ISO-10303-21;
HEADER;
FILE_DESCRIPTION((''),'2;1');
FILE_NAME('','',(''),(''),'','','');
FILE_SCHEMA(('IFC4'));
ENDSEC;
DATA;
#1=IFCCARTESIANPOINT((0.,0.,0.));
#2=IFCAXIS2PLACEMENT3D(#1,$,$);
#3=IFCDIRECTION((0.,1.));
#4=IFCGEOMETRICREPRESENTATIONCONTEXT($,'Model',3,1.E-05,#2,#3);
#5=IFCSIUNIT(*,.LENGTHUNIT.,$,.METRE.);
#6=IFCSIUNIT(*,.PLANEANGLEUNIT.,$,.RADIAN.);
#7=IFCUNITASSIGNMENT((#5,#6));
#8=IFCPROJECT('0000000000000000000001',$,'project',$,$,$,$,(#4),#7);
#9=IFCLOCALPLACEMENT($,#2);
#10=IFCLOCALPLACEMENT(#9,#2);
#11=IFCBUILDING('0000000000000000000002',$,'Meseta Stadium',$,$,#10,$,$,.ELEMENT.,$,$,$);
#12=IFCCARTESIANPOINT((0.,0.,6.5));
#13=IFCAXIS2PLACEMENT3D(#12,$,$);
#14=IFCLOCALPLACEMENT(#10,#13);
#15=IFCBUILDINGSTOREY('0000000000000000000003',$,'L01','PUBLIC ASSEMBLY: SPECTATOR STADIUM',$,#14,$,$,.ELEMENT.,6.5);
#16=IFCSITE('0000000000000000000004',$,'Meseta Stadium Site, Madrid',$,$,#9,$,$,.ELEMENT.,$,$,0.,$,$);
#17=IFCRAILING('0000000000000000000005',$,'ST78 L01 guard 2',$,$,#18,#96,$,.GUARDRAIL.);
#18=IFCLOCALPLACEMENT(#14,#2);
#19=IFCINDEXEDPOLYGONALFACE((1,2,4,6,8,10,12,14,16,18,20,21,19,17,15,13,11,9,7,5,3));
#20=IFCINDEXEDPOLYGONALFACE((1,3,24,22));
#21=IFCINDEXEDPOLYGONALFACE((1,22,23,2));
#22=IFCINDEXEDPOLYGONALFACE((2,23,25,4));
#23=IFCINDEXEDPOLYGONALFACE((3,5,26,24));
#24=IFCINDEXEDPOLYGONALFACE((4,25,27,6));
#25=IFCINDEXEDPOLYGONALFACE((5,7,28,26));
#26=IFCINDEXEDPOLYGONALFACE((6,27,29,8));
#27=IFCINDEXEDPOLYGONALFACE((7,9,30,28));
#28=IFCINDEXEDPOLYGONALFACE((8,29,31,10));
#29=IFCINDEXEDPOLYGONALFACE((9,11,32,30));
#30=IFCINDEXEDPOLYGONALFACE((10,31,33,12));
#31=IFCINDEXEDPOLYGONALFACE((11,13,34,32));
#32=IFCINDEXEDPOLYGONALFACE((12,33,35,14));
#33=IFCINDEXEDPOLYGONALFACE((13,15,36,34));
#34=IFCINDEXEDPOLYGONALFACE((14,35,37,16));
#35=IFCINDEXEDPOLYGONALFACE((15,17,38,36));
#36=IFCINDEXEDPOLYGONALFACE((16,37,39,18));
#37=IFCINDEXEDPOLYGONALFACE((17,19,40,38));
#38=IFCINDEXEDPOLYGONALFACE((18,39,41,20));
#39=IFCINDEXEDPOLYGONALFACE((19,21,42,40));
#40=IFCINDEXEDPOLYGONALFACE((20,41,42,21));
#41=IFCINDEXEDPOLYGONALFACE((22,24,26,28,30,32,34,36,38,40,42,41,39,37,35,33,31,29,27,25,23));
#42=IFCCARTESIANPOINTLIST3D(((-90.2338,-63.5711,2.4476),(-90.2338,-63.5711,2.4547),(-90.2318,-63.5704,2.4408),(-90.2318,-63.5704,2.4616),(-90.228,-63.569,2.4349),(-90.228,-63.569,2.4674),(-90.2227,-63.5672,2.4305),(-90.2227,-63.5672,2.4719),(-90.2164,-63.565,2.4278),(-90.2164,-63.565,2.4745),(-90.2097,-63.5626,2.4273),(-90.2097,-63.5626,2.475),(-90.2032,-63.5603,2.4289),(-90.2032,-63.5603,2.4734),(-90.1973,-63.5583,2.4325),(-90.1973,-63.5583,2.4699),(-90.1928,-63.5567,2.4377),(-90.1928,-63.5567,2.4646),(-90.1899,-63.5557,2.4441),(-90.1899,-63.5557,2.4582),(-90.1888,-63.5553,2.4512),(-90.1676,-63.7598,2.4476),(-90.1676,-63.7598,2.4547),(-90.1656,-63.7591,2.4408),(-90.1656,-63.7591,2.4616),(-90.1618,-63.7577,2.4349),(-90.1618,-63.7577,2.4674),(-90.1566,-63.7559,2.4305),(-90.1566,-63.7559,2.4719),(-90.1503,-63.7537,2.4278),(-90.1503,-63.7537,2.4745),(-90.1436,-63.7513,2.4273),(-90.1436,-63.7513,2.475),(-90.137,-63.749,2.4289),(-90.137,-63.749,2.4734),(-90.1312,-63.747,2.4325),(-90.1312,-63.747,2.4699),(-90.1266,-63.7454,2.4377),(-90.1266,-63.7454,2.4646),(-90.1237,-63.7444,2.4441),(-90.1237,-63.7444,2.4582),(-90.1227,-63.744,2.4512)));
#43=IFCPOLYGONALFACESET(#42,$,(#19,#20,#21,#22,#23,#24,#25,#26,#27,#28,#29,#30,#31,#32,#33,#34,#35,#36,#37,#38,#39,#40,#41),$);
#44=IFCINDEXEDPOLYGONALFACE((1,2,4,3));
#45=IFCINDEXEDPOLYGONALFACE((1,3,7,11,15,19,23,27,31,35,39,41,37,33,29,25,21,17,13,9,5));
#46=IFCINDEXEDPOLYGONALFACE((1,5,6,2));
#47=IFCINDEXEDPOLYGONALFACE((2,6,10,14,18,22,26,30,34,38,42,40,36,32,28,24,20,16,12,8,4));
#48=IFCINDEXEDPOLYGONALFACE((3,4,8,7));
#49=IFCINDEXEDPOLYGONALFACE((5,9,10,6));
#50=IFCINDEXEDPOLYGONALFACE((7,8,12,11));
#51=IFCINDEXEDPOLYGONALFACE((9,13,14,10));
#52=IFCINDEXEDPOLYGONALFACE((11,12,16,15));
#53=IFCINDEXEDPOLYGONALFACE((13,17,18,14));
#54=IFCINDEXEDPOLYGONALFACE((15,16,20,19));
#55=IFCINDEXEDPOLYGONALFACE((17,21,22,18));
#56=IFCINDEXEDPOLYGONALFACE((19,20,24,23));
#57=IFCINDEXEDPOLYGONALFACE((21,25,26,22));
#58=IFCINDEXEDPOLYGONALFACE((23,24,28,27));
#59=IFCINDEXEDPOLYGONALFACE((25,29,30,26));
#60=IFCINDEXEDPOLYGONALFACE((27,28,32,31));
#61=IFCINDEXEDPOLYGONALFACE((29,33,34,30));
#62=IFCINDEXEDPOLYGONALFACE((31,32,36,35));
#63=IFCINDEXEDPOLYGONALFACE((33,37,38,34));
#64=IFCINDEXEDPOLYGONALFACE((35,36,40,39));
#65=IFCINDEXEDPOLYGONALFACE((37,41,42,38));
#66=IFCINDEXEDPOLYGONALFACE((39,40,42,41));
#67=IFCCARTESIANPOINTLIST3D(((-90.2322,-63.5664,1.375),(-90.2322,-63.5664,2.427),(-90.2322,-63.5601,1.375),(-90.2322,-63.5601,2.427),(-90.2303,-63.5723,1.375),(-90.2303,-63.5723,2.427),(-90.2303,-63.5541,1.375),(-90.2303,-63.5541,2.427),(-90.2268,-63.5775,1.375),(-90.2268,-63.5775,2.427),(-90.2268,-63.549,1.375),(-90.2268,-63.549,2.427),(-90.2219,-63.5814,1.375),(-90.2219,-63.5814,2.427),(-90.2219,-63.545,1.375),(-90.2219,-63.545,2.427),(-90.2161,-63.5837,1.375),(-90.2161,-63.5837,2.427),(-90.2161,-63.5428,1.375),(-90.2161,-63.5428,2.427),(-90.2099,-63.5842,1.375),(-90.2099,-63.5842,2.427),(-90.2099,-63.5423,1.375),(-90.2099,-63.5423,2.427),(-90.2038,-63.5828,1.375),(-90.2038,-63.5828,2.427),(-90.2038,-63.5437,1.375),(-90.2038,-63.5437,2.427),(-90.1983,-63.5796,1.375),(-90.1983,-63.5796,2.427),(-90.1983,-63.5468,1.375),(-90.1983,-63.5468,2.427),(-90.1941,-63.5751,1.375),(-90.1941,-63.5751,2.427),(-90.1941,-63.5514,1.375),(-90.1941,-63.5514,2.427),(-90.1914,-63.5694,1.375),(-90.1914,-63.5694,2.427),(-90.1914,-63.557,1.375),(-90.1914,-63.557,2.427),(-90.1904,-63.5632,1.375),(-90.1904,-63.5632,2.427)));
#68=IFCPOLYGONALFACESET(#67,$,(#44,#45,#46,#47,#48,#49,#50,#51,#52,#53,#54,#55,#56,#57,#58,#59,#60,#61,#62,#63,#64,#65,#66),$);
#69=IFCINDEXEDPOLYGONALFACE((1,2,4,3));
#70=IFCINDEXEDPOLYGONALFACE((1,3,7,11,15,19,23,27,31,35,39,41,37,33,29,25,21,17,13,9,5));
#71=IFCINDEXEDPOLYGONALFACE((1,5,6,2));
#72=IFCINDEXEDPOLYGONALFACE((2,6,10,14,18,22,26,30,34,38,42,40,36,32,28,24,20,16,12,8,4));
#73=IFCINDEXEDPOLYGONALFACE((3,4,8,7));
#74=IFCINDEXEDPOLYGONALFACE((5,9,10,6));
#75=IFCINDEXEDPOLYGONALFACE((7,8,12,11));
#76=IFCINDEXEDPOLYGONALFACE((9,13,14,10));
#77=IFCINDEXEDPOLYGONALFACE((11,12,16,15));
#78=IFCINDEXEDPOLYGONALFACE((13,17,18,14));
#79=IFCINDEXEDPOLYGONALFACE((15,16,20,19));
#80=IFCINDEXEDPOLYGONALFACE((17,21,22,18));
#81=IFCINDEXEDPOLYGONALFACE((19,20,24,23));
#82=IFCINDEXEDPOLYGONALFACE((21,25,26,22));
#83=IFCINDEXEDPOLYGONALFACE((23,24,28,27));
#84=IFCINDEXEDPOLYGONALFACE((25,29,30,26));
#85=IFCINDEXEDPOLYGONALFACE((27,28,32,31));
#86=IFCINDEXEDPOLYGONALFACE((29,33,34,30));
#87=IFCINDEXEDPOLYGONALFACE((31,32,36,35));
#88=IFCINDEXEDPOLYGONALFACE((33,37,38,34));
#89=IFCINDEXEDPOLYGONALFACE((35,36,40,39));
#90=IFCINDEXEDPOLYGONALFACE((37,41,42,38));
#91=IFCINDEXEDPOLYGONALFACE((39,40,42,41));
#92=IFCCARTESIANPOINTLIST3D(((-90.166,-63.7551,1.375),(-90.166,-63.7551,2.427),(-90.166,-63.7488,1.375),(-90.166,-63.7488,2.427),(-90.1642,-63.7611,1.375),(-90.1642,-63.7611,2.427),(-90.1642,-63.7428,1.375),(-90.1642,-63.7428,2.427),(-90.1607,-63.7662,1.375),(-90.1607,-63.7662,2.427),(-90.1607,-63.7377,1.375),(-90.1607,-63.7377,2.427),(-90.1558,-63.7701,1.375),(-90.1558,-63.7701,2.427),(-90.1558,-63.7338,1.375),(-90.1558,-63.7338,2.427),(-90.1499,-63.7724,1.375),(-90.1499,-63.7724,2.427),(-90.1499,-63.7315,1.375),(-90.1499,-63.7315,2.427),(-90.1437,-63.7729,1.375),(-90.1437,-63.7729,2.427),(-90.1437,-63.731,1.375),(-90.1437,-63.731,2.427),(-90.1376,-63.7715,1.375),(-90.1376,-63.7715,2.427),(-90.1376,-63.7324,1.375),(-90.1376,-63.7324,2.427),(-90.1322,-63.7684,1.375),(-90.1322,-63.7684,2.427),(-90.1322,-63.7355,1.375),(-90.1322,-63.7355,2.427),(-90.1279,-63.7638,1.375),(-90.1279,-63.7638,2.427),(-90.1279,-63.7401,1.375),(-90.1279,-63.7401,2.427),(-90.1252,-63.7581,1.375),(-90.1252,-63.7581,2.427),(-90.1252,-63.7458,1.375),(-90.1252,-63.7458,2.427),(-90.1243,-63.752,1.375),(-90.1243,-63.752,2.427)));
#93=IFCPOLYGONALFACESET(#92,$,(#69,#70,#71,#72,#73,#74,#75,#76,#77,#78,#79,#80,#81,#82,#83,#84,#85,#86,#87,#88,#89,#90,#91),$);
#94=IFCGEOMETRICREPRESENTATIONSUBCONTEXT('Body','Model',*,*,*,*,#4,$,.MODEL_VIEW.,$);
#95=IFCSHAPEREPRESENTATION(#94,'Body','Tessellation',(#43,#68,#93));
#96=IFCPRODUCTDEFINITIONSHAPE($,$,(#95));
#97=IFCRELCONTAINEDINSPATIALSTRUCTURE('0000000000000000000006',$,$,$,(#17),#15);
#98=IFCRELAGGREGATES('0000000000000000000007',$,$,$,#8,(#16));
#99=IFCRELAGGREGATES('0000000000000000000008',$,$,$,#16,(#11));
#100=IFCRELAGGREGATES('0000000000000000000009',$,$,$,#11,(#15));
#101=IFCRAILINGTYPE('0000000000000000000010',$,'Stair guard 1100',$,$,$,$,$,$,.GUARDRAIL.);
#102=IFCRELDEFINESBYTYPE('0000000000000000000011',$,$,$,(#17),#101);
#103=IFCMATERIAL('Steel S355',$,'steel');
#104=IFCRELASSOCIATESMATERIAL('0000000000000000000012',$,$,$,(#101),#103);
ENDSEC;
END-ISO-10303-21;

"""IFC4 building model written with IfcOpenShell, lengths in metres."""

from ifc_helpers import new_model, si_unit, direction, frame, origin, origin_2d, place, context, subcontext, project, spatial, circle, extrude, material, type_object, element, save


model = new_model("IFC4")

# Units and contexts
model_context = context("Model", 3, precision=1e-05, world=origin(), true_north=direction((0.0, 1.0)))
body_context = subcontext(model_context, "Body", "Model", "MODEL_VIEW")
ifc_project = project(units=[si_unit("LENGTHUNIT", "METRE"), si_unit("PLANEANGLEUNIT", "RADIAN")], contexts=[model_context])

# Site, building, storey
site_placement = place(None, origin())
site = spatial("IfcSite", under=ifc_project, at=site_placement, Name="Meseta Stadium Site, Madrid", CompositionType="ELEMENT", RefElevation=0.0)
building_placement = place(site_placement, origin())
building = spatial("IfcBuilding", under=site, at=building_placement, Name="Meseta Stadium", CompositionType="ELEMENT")
storey_placement = place(building_placement, frame((0.0, 0.0, 6.5)))
storey = spatial("IfcBuildingStorey", under=building, at=storey_placement, Name="L01", Description="PUBLIC ASSEMBLY: SPECTATOR STADIUM", CompositionType="ELEMENT", Elevation=6.5)

# Railing
ifc_material_1 = material(Name="Steel S355", Category="steel")
railing_type_1 = type_object("IfcRailingType", Name="Stair guard 1100", PredefinedType="GUARDRAIL", material=ifc_material_1)
railing_1_placement = place(storey_placement, frame((-90.2114, -63.5632, 1.375)))
element("IfcRailing", 1, at=railing_1_placement, inside=storey, type_object=railing_type_1, Name="ST78 L01 guard 2", PredefinedType="GUARDRAIL", context=body_context, shape_type="SweptSolid", body=[
    extrude(circle(Radius=0.0239, at=origin_2d()), frame((0.0, 0.0, 1.0762), z_axis=(0.33084, -0.943687, 0.0), x_axis=(0.943687, 0.33084, 0.0)), (0.0, 0.0, 1.0), 0.2),
    extrude(circle(Radius=0.021, at=origin_2d()), origin(), (0.0, 0.0, 1.0), 1.052),
    extrude(circle(Radius=0.021, at=origin_2d()), frame((0.0662, -0.1887, 0.0)), (0.0, 0.0, 1.0), 1.052),
])

save(model, "model.ifc")
